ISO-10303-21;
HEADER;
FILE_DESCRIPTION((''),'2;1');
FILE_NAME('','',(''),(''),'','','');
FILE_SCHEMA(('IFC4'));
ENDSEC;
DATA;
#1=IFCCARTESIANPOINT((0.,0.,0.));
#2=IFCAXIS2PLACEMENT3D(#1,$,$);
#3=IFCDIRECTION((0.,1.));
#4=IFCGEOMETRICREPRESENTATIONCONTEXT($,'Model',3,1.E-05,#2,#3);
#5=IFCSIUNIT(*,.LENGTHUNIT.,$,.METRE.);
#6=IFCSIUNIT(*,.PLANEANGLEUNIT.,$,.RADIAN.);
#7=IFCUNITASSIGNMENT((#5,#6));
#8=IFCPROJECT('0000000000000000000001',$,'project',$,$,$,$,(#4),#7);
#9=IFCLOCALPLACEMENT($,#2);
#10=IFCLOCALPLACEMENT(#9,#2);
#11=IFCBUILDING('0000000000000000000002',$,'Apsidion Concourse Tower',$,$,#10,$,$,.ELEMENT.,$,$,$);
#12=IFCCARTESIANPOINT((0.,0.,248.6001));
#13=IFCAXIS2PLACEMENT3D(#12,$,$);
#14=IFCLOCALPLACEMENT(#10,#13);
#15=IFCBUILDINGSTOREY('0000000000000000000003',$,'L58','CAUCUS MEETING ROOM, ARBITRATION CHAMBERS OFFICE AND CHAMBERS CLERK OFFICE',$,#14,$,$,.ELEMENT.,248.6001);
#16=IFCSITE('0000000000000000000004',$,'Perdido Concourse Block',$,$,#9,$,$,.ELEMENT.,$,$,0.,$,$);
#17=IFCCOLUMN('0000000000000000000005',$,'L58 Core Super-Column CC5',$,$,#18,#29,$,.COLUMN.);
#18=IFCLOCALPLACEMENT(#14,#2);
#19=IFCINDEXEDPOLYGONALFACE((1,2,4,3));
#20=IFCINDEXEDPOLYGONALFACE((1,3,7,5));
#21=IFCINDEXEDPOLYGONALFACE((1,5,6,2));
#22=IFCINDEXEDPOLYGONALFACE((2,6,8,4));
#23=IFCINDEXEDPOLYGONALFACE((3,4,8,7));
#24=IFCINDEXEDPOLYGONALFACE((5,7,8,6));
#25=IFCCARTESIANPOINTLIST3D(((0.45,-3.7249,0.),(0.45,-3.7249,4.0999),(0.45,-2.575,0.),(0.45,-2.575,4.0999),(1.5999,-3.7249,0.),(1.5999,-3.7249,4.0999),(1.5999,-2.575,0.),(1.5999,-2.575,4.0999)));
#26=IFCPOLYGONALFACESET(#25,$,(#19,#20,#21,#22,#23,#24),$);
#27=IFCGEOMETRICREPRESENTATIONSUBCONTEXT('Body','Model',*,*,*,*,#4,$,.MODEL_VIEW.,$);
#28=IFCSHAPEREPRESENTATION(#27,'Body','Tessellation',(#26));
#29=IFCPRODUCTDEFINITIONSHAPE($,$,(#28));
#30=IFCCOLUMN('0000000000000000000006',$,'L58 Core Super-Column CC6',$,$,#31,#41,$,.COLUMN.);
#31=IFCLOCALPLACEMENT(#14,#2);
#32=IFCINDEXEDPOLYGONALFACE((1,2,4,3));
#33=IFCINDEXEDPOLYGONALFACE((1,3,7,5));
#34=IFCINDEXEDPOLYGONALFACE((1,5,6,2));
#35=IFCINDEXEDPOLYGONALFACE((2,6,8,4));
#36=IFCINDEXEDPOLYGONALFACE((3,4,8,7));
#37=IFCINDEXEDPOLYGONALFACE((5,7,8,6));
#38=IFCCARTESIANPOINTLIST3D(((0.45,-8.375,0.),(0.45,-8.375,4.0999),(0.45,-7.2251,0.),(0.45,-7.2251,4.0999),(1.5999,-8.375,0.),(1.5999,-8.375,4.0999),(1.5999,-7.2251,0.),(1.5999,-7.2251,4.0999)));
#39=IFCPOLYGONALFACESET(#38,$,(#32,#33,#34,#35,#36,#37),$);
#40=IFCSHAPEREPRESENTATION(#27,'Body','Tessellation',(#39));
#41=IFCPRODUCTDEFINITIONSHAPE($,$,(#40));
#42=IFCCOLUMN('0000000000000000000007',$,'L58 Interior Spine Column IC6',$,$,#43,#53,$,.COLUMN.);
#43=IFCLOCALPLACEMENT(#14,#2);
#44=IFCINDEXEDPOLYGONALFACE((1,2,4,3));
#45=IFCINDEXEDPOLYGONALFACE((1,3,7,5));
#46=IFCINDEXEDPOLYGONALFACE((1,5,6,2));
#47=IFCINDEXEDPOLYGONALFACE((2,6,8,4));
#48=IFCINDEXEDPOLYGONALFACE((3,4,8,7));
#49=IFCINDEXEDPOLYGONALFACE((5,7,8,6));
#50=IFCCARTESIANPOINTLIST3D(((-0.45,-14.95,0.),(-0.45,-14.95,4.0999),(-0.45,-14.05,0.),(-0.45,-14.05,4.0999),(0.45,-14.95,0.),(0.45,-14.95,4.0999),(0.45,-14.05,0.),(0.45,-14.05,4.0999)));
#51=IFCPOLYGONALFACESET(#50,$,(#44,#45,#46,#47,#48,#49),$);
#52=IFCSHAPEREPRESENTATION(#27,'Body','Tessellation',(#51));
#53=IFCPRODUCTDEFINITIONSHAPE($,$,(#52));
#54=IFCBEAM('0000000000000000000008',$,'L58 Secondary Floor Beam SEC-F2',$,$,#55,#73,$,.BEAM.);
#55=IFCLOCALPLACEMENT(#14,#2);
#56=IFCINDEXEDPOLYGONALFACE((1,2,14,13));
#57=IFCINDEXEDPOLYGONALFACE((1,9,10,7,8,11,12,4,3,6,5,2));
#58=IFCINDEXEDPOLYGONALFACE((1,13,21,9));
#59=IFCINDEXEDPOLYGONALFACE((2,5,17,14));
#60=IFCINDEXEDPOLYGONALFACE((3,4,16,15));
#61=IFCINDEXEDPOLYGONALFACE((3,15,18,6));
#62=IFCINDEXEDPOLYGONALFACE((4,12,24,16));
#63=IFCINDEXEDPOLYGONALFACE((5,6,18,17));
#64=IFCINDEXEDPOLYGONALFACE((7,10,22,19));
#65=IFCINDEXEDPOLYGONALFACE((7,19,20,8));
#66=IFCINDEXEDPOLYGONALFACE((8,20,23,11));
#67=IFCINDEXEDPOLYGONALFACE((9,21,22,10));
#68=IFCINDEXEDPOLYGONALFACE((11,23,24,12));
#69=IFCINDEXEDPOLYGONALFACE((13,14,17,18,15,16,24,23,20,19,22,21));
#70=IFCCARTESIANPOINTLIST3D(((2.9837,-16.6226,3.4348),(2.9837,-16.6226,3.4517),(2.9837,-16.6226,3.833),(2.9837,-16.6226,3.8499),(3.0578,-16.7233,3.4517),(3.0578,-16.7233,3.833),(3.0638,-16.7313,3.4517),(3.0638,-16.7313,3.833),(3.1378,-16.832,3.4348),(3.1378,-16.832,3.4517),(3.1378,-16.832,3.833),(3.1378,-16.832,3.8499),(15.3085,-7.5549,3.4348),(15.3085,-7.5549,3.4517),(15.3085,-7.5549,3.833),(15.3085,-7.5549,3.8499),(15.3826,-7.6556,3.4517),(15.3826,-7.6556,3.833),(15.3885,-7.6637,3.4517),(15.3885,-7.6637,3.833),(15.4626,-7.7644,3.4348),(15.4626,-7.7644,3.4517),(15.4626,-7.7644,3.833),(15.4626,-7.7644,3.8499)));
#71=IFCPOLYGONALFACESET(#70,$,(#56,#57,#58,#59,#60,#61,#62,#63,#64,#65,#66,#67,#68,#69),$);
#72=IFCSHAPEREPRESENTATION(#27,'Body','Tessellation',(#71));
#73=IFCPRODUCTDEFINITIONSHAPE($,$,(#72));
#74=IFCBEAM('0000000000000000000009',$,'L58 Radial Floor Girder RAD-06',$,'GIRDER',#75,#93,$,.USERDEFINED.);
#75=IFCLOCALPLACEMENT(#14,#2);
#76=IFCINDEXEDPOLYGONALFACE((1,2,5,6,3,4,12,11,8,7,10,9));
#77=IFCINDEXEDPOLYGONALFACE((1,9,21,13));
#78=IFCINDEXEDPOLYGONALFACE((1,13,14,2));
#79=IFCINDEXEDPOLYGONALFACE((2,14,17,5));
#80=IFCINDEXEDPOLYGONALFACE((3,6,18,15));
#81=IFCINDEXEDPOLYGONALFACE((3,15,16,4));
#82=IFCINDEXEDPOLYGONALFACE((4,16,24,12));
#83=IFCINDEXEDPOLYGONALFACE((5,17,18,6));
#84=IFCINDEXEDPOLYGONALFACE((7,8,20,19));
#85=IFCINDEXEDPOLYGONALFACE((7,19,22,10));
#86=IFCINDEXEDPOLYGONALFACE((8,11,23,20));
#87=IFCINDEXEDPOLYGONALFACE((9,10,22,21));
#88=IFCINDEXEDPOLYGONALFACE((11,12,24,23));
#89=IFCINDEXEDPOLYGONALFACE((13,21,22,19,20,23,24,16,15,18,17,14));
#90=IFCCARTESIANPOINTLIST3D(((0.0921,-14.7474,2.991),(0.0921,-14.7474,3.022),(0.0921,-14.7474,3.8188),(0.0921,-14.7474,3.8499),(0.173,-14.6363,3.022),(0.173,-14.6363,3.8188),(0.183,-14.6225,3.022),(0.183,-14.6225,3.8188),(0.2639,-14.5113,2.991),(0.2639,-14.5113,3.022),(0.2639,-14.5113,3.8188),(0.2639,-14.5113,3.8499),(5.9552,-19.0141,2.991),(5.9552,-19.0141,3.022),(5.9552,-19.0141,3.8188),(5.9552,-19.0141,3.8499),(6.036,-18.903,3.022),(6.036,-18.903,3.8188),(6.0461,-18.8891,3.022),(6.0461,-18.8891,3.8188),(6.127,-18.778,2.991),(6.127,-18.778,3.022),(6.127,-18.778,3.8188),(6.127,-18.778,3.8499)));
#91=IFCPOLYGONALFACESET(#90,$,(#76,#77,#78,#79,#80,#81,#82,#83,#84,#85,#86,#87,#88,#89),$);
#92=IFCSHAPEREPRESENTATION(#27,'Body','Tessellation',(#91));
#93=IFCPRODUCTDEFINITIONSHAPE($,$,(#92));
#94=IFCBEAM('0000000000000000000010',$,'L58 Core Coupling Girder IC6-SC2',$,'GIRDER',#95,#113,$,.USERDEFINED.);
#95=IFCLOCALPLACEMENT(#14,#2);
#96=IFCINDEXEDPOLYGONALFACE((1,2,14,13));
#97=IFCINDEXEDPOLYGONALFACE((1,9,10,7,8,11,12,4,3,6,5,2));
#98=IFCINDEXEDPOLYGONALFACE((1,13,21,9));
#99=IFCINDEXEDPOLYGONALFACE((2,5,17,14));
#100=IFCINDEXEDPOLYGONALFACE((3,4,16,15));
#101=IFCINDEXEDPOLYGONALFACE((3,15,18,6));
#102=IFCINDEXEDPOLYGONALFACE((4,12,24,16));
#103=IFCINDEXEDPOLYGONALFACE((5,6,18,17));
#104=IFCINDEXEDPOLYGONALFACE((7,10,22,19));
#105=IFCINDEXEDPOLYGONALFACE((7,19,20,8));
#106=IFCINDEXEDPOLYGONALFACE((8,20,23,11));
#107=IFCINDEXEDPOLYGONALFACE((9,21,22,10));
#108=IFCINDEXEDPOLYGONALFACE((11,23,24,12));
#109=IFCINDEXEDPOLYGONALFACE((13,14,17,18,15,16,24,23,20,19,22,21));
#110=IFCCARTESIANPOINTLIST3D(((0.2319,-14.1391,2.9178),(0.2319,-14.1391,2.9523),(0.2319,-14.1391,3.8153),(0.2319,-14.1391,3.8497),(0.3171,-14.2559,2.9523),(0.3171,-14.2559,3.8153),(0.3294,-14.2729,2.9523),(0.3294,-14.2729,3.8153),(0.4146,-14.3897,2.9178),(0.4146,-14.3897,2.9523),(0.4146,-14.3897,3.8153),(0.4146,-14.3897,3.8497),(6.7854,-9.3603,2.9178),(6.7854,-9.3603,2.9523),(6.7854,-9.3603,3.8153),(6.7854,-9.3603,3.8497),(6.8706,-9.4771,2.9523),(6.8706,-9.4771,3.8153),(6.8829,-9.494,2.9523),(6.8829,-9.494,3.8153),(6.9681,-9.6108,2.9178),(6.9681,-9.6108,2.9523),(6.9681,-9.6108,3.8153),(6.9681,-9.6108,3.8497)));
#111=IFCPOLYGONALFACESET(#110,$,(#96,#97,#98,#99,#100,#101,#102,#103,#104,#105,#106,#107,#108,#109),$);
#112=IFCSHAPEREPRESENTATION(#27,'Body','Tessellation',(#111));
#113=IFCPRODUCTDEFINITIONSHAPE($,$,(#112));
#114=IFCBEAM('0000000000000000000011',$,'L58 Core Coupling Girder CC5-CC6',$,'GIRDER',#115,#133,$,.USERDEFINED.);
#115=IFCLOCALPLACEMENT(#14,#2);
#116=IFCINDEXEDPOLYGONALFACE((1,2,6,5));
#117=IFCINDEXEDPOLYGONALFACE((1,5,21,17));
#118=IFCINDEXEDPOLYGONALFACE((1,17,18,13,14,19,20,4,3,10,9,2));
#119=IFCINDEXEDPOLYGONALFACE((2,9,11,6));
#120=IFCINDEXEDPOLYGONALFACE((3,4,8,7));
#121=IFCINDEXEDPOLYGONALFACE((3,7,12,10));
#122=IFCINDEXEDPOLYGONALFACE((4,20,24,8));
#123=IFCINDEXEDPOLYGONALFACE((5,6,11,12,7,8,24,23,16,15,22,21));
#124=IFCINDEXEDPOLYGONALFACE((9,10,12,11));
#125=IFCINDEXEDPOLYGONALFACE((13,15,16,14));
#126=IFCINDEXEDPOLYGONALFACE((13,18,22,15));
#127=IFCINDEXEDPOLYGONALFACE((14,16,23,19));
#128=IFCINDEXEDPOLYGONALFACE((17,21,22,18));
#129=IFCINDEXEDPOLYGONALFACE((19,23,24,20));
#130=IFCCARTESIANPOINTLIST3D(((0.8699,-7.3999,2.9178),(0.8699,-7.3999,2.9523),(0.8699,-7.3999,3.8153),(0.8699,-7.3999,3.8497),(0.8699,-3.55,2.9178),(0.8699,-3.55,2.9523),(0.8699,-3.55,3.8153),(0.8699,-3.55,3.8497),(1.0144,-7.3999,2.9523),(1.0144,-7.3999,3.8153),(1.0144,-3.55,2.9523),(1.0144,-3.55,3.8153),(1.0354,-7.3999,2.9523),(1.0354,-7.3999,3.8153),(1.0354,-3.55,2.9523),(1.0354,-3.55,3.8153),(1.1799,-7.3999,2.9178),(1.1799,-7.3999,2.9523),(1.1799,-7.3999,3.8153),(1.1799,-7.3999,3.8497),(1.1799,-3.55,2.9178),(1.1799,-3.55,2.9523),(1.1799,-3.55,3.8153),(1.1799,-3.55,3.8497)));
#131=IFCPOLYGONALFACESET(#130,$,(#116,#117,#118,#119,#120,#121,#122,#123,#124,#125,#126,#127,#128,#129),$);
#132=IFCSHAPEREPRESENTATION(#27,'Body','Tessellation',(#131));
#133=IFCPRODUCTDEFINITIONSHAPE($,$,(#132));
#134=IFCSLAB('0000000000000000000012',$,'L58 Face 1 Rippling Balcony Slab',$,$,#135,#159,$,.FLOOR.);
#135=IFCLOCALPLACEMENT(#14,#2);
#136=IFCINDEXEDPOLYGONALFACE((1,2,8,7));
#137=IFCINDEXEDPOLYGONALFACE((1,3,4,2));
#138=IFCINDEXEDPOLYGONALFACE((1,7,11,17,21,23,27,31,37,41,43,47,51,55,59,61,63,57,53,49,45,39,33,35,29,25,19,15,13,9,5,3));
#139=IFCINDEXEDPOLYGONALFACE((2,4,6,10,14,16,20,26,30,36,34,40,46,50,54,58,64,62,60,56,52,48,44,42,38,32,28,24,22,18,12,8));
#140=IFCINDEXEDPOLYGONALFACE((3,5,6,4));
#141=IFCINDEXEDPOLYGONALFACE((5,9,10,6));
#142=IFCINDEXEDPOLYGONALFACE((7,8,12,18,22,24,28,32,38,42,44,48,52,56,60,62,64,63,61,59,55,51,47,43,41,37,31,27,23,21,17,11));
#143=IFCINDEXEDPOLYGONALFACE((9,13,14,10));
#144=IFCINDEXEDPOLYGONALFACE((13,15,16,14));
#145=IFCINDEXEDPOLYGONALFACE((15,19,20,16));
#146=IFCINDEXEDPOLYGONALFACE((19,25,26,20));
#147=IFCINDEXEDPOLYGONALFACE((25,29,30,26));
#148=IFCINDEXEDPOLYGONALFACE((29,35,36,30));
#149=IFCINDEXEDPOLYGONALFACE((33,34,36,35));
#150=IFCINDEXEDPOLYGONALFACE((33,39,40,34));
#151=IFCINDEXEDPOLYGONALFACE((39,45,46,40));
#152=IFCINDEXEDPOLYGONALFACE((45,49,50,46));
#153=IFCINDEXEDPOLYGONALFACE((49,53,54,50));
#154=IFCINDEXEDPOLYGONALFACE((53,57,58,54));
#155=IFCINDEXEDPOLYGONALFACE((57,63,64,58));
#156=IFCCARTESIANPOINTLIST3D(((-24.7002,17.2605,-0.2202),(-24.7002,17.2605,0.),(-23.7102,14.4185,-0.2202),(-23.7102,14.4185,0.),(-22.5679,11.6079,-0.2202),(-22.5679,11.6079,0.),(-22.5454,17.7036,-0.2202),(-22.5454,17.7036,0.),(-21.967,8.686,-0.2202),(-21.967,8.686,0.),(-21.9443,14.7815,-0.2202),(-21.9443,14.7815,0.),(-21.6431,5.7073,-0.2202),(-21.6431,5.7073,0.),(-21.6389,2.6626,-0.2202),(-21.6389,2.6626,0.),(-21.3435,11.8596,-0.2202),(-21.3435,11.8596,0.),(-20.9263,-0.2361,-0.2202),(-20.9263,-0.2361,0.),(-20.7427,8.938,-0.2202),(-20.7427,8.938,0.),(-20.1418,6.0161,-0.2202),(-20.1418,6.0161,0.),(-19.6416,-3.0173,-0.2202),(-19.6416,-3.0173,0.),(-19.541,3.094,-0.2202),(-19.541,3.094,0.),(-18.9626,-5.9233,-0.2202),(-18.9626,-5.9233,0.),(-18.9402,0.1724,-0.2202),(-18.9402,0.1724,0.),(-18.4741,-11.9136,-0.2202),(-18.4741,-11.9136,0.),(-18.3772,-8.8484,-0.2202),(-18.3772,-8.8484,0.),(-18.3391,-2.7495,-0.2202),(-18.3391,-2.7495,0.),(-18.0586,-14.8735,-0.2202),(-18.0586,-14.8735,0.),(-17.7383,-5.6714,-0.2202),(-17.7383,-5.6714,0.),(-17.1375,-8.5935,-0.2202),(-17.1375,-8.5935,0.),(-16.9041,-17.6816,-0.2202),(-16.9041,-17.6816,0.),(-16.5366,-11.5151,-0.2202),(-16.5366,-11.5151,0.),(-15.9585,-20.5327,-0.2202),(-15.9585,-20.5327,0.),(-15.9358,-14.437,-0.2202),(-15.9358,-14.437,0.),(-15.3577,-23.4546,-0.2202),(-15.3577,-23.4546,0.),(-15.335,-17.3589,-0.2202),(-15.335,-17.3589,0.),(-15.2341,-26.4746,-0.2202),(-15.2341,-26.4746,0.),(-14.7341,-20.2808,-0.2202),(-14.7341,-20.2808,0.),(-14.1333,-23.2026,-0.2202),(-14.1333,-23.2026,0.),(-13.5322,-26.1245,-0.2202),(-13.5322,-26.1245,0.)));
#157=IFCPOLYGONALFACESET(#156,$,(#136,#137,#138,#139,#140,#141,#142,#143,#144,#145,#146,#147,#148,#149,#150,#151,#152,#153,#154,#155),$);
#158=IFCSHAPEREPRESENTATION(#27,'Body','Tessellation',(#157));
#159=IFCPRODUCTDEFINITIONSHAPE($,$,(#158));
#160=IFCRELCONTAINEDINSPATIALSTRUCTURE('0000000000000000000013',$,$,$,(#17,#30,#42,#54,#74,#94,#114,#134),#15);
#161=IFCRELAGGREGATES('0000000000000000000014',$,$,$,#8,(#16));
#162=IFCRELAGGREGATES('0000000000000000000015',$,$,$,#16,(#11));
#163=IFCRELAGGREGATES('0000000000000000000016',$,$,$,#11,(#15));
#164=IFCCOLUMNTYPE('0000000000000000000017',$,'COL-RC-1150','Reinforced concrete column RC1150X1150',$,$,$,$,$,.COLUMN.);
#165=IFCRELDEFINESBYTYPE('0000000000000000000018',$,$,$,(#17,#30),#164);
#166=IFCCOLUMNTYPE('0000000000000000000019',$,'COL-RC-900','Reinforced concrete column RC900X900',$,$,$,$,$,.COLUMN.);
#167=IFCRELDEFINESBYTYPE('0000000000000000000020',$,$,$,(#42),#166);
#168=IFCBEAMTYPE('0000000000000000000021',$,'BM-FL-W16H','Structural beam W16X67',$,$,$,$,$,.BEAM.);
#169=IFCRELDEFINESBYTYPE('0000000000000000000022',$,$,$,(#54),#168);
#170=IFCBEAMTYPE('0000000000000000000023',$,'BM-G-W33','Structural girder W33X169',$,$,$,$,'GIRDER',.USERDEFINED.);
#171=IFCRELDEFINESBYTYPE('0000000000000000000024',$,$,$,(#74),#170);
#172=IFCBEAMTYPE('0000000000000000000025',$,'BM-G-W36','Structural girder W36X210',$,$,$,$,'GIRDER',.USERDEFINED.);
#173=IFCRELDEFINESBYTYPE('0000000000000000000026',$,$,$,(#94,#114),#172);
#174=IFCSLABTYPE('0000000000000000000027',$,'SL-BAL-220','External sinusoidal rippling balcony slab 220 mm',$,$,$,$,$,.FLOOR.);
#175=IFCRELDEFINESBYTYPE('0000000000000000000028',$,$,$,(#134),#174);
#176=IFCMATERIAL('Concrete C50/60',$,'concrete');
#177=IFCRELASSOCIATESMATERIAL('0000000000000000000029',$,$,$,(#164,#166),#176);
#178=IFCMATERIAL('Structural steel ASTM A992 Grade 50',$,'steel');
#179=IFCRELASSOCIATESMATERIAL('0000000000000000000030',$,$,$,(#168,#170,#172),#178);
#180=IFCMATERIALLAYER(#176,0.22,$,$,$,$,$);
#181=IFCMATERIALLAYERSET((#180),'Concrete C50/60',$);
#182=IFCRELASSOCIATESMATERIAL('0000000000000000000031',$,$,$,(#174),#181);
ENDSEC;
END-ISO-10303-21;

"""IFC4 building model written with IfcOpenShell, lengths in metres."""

from ifc_helpers import new_model, si_unit, direction, frame, origin, origin_2d, place, context, subcontext, project, spatial, polyline, rectangle, i_section, outline, extrude, material, layer, layer_set, material_profile, profile_set, type_object, element, save


model = new_model("IFC4")

# Units and contexts
model_context = context("Model", 3, precision=1e-05, world=origin(), true_north=direction((0.0, 1.0)))
body_context = subcontext(model_context, "Body", "Model", "MODEL_VIEW")
ifc_project = project(units=[si_unit("LENGTHUNIT", "METRE"), si_unit("PLANEANGLEUNIT", "RADIAN")], contexts=[model_context])

# Site, building, storey
site_placement = place(None, origin())
site = spatial("IfcSite", under=ifc_project, at=site_placement, Name="Perdido Concourse Block", CompositionType="ELEMENT", RefElevation=0.0)
building_placement = place(site_placement, origin())
building = spatial("IfcBuilding", under=site, at=building_placement, Name="Apsidion Concourse Tower", CompositionType="ELEMENT")
storey_placement = place(building_placement, frame((0.0, 0.0, 248.6001)))
storey = spatial("IfcBuildingStorey", under=building, at=storey_placement, Name="L58", Description="CAUCUS MEETING ROOM, ARBITRATION CHAMBERS OFFICE AND CHAMBERS CLERK OFFICE", CompositionType="ELEMENT", Elevation=248.6001)

# Columns
ifc_material_1 = material(Name="Concrete C50/60", Category="concrete")
ifc_material_profile_1 = material_profile(ifc_material_1, rectangle(XDim=1.1499, YDim=1.1499, at=origin_2d()), Name="RC 1150x1150")
ifc_profile_set_1 = profile_set([ifc_material_profile_1], Name="Concrete C50/60")
column_type_1 = type_object("IfcColumnType", Name="COL-RC-1150", Description="Reinforced concrete column RC1150X1150", PredefinedType="COLUMN", material=ifc_profile_set_1)
for number, where, z_axis, x_axis, name in (
    (1, (1.0249, -3.1499, 0.0), (0.0, 0.0, 1.0), (1.0, 0.0, 0.0), "L58 Core Super-Column CC5"),
    (2, (1.0249, -7.8, 0.0), (0.0, 0.0, 1.0), (1.0, 0.0, 0.0), "L58 Core Super-Column CC6"),
):
    element("IfcColumn", number, at=place(storey_placement, frame(where, z_axis=z_axis, x_axis=x_axis)), inside=storey, type_object=column_type_1, Name=name, PredefinedType="COLUMN", context=body_context, shape_type="SweptSolid", body=[
        extrude(rectangle(XDim=1.1499, YDim=1.1499, at=origin_2d()), origin(), (0.0, 0.0, 1.0), 4.0999),
    ])
ifc_material_profile_2 = material_profile(ifc_material_1, rectangle(XDim=0.8999, YDim=0.8999, at=origin_2d()), Name="RC 900x900")
ifc_profile_set_2 = profile_set([ifc_material_profile_2], Name="Concrete C50/60")
column_type_2 = type_object("IfcColumnType", Name="COL-RC-900", Description="Reinforced concrete column RC900X900", PredefinedType="COLUMN", material=ifc_profile_set_2)
column_placement = place(storey_placement, frame((0.0, -14.5, 0.0), z_axis=(0.0, 0.0, 1.0), x_axis=(1.0, 0.0, 0.0)))
element("IfcColumn", 3, at=column_placement, inside=storey, type_object=column_type_2, Name="L58 Interior Spine Column IC6", PredefinedType="COLUMN", context=body_context, shape_type="SweptSolid", body=[
    extrude(rectangle(XDim=0.8999, YDim=0.8999, at=origin_2d()), origin(), (0.0, 0.0, 1.0), 4.0999),
])

# Beams
ifc_material_2 = material(Name="Structural steel ASTM A992 Grade 50", Category="steel")
ifc_material_profile_3 = material_profile(ifc_material_2, i_section(OverallWidth=0.26, OverallDepth=0.415, WebThickness=0.01, FlangeThickness=0.0168, at=origin_2d()), Name="W16X67")
ifc_profile_set_3 = profile_set([ifc_material_profile_3], Name="Structural steel ASTM A992 Grade 50")
beam_type_1 = type_object("IfcBeamType", Name="BM-FL-W16H", Description="Structural beam W16X67", PredefinedType="BEAM", material=ifc_profile_set_3)
beam_1_placement = place(storey_placement, frame((3.0608, -16.7273, 3.6423), z_axis=(0.805484, 0.592617, 0.0), x_axis=(-0.592617, 0.805484, 0.0)))
element("IfcBeam", 4, at=beam_1_placement, inside=storey, type_object=beam_type_1, Name="L58 Secondary Floor Beam SEC-F2", PredefinedType="BEAM", context=body_context, shape_type="SweptSolid", body=[
    extrude(i_section(OverallWidth=0.26, OverallDepth=0.415, WebThickness=0.01, FlangeThickness=0.0168, at=origin_2d()), origin(), (0.0, 0.0, 1.0), 15.301),
])
ifc_material_profile_4 = material_profile(ifc_material_2, i_section(OverallWidth=0.292, OverallDepth=0.8589, WebThickness=0.0171, FlangeThickness=0.031, at=origin_2d()), Name="W33X169")
ifc_profile_set_4 = profile_set([ifc_material_profile_4], Name="Structural steel ASTM A992 Grade 50")
beam_type_2 = type_object("IfcBeamType", Name="BM-G-W33", Description="Structural girder W33X169", ElementType="GIRDER", PredefinedType="USERDEFINED", material=ifc_profile_set_4)
beam_2_placement = place(storey_placement, frame((0.178, -14.6294, 3.4204), z_axis=(0.808567, -0.588404, 0.0), x_axis=(0.588404, 0.808567, 0.0)))
element("IfcBeam", 5, at=beam_2_placement, inside=storey, type_object=beam_type_2, Name="L58 Radial Floor Girder RAD-06", ObjectType="GIRDER", PredefinedType="USERDEFINED", context=body_context, shape_type="SweptSolid", body=[
    extrude(i_section(OverallWidth=0.292, OverallDepth=0.8589, WebThickness=0.0171, FlangeThickness=0.031, at=origin_2d()), origin(), (0.0, 0.0, 1.0), 7.2512),
])
ifc_material_profile_5 = material_profile(ifc_material_2, i_section(OverallWidth=0.3101, OverallDepth=0.9319, WebThickness=0.021, FlangeThickness=0.0344, at=origin_2d()), Name="W36X210")
ifc_profile_set_5 = profile_set([ifc_material_profile_5], Name="Structural steel ASTM A992 Grade 50")
beam_type_3 = type_object("IfcBeamType", Name="BM-G-W36", Description="Structural girder W36X210", ElementType="GIRDER", PredefinedType="USERDEFINED", material=ifc_profile_set_5)
beam_3_placement = place(storey_placement, frame((0.3232, -14.2644, 3.3838), z_axis=(0.807993, 0.589191, 0.0), x_axis=(-0.589191, 0.807993, 0.0)))
element("IfcBeam", 6, at=beam_3_placement, inside=storey, type_object=beam_type_3, Name="L58 Core Coupling Girder IC6-SC2", ObjectType="GIRDER", PredefinedType="USERDEFINED", context=body_context, shape_type="SweptSolid", body=[
    extrude(i_section(OverallWidth=0.3101, OverallDepth=0.9319, WebThickness=0.021, FlangeThickness=0.0344, at=origin_2d()), origin(), (0.0, 0.0, 1.0), 8.1108),
])
beam_4_placement = place(storey_placement, frame((1.0249, -3.55, 3.3838), z_axis=(0.0, -1.0, 0.0), x_axis=(1.0, 0.0, 0.0)))
element("IfcBeam", 7, at=beam_4_placement, inside=storey, type_object=beam_type_3, Name="L58 Core Coupling Girder CC5-CC6", ObjectType="GIRDER", PredefinedType="USERDEFINED", context=body_context, shape_type="SweptSolid", body=[
    extrude(i_section(OverallWidth=0.3101, OverallDepth=0.9319, WebThickness=0.021, FlangeThickness=0.0344, at=origin_2d()), origin(), (0.0, 0.0, 1.0), 3.8499),
])

# Slab
ifc_layer_1 = layer(ifc_material_1, 0.22)
ifc_layer_set_1 = layer_set([ifc_layer_1], Name="Concrete C50/60")
slab_type_1 = type_object("IfcSlabType", Name="SL-BAL-220", Description="External sinusoidal rippling balcony slab 220 mm", PredefinedType="FLOOR", material=ifc_layer_set_1)
slab_1_placement = place(storey_placement, frame((0.0, 0.0, -0.2202)))
element("IfcSlab", 8, at=slab_1_placement, inside=storey, type_object=slab_type_1, Name="L58 Face 1 Rippling Balcony Slab", PredefinedType="FLOOR", context=body_context, shape_type="SweptSolid", body=[
    extrude(outline(polyline([(-22.5454, 17.7036), (-21.9443, 14.7815), (-21.3435, 11.8596), (-20.7427, 8.938), (-20.1418, 6.0161), (-19.541, 3.094), (-18.9402, 0.1724), (-18.3391, -2.7495), (-17.7383, -5.6714), (-17.1375, -8.5935), (-16.5366, -11.5151), (-15.9358, -14.437), (-15.335, -17.3589), (-14.7341, -20.2808), (-14.1333, -23.2026), (-13.5322, -26.1245), (-15.2341, -26.4746), (-15.3577, -23.4546), (-15.9585, -20.5327), (-16.9041, -17.6816), (-18.0586, -14.8735), (-18.4741, -11.9136), (-18.3772, -8.8484), (-18.9626, -5.9233), (-19.6416, -3.0173), (-20.9263, -0.2361), (-21.6389, 2.6626), (-21.6431, 5.7073), (-21.967, 8.686), (-22.5679, 11.6079), (-23.7102, 14.4185), (-24.7002, 17.2605), (-22.5454, 17.7036)])), origin(), (0.0, 0.0, 1.0), 0.2202),
])

save(model, "model.ifc")
